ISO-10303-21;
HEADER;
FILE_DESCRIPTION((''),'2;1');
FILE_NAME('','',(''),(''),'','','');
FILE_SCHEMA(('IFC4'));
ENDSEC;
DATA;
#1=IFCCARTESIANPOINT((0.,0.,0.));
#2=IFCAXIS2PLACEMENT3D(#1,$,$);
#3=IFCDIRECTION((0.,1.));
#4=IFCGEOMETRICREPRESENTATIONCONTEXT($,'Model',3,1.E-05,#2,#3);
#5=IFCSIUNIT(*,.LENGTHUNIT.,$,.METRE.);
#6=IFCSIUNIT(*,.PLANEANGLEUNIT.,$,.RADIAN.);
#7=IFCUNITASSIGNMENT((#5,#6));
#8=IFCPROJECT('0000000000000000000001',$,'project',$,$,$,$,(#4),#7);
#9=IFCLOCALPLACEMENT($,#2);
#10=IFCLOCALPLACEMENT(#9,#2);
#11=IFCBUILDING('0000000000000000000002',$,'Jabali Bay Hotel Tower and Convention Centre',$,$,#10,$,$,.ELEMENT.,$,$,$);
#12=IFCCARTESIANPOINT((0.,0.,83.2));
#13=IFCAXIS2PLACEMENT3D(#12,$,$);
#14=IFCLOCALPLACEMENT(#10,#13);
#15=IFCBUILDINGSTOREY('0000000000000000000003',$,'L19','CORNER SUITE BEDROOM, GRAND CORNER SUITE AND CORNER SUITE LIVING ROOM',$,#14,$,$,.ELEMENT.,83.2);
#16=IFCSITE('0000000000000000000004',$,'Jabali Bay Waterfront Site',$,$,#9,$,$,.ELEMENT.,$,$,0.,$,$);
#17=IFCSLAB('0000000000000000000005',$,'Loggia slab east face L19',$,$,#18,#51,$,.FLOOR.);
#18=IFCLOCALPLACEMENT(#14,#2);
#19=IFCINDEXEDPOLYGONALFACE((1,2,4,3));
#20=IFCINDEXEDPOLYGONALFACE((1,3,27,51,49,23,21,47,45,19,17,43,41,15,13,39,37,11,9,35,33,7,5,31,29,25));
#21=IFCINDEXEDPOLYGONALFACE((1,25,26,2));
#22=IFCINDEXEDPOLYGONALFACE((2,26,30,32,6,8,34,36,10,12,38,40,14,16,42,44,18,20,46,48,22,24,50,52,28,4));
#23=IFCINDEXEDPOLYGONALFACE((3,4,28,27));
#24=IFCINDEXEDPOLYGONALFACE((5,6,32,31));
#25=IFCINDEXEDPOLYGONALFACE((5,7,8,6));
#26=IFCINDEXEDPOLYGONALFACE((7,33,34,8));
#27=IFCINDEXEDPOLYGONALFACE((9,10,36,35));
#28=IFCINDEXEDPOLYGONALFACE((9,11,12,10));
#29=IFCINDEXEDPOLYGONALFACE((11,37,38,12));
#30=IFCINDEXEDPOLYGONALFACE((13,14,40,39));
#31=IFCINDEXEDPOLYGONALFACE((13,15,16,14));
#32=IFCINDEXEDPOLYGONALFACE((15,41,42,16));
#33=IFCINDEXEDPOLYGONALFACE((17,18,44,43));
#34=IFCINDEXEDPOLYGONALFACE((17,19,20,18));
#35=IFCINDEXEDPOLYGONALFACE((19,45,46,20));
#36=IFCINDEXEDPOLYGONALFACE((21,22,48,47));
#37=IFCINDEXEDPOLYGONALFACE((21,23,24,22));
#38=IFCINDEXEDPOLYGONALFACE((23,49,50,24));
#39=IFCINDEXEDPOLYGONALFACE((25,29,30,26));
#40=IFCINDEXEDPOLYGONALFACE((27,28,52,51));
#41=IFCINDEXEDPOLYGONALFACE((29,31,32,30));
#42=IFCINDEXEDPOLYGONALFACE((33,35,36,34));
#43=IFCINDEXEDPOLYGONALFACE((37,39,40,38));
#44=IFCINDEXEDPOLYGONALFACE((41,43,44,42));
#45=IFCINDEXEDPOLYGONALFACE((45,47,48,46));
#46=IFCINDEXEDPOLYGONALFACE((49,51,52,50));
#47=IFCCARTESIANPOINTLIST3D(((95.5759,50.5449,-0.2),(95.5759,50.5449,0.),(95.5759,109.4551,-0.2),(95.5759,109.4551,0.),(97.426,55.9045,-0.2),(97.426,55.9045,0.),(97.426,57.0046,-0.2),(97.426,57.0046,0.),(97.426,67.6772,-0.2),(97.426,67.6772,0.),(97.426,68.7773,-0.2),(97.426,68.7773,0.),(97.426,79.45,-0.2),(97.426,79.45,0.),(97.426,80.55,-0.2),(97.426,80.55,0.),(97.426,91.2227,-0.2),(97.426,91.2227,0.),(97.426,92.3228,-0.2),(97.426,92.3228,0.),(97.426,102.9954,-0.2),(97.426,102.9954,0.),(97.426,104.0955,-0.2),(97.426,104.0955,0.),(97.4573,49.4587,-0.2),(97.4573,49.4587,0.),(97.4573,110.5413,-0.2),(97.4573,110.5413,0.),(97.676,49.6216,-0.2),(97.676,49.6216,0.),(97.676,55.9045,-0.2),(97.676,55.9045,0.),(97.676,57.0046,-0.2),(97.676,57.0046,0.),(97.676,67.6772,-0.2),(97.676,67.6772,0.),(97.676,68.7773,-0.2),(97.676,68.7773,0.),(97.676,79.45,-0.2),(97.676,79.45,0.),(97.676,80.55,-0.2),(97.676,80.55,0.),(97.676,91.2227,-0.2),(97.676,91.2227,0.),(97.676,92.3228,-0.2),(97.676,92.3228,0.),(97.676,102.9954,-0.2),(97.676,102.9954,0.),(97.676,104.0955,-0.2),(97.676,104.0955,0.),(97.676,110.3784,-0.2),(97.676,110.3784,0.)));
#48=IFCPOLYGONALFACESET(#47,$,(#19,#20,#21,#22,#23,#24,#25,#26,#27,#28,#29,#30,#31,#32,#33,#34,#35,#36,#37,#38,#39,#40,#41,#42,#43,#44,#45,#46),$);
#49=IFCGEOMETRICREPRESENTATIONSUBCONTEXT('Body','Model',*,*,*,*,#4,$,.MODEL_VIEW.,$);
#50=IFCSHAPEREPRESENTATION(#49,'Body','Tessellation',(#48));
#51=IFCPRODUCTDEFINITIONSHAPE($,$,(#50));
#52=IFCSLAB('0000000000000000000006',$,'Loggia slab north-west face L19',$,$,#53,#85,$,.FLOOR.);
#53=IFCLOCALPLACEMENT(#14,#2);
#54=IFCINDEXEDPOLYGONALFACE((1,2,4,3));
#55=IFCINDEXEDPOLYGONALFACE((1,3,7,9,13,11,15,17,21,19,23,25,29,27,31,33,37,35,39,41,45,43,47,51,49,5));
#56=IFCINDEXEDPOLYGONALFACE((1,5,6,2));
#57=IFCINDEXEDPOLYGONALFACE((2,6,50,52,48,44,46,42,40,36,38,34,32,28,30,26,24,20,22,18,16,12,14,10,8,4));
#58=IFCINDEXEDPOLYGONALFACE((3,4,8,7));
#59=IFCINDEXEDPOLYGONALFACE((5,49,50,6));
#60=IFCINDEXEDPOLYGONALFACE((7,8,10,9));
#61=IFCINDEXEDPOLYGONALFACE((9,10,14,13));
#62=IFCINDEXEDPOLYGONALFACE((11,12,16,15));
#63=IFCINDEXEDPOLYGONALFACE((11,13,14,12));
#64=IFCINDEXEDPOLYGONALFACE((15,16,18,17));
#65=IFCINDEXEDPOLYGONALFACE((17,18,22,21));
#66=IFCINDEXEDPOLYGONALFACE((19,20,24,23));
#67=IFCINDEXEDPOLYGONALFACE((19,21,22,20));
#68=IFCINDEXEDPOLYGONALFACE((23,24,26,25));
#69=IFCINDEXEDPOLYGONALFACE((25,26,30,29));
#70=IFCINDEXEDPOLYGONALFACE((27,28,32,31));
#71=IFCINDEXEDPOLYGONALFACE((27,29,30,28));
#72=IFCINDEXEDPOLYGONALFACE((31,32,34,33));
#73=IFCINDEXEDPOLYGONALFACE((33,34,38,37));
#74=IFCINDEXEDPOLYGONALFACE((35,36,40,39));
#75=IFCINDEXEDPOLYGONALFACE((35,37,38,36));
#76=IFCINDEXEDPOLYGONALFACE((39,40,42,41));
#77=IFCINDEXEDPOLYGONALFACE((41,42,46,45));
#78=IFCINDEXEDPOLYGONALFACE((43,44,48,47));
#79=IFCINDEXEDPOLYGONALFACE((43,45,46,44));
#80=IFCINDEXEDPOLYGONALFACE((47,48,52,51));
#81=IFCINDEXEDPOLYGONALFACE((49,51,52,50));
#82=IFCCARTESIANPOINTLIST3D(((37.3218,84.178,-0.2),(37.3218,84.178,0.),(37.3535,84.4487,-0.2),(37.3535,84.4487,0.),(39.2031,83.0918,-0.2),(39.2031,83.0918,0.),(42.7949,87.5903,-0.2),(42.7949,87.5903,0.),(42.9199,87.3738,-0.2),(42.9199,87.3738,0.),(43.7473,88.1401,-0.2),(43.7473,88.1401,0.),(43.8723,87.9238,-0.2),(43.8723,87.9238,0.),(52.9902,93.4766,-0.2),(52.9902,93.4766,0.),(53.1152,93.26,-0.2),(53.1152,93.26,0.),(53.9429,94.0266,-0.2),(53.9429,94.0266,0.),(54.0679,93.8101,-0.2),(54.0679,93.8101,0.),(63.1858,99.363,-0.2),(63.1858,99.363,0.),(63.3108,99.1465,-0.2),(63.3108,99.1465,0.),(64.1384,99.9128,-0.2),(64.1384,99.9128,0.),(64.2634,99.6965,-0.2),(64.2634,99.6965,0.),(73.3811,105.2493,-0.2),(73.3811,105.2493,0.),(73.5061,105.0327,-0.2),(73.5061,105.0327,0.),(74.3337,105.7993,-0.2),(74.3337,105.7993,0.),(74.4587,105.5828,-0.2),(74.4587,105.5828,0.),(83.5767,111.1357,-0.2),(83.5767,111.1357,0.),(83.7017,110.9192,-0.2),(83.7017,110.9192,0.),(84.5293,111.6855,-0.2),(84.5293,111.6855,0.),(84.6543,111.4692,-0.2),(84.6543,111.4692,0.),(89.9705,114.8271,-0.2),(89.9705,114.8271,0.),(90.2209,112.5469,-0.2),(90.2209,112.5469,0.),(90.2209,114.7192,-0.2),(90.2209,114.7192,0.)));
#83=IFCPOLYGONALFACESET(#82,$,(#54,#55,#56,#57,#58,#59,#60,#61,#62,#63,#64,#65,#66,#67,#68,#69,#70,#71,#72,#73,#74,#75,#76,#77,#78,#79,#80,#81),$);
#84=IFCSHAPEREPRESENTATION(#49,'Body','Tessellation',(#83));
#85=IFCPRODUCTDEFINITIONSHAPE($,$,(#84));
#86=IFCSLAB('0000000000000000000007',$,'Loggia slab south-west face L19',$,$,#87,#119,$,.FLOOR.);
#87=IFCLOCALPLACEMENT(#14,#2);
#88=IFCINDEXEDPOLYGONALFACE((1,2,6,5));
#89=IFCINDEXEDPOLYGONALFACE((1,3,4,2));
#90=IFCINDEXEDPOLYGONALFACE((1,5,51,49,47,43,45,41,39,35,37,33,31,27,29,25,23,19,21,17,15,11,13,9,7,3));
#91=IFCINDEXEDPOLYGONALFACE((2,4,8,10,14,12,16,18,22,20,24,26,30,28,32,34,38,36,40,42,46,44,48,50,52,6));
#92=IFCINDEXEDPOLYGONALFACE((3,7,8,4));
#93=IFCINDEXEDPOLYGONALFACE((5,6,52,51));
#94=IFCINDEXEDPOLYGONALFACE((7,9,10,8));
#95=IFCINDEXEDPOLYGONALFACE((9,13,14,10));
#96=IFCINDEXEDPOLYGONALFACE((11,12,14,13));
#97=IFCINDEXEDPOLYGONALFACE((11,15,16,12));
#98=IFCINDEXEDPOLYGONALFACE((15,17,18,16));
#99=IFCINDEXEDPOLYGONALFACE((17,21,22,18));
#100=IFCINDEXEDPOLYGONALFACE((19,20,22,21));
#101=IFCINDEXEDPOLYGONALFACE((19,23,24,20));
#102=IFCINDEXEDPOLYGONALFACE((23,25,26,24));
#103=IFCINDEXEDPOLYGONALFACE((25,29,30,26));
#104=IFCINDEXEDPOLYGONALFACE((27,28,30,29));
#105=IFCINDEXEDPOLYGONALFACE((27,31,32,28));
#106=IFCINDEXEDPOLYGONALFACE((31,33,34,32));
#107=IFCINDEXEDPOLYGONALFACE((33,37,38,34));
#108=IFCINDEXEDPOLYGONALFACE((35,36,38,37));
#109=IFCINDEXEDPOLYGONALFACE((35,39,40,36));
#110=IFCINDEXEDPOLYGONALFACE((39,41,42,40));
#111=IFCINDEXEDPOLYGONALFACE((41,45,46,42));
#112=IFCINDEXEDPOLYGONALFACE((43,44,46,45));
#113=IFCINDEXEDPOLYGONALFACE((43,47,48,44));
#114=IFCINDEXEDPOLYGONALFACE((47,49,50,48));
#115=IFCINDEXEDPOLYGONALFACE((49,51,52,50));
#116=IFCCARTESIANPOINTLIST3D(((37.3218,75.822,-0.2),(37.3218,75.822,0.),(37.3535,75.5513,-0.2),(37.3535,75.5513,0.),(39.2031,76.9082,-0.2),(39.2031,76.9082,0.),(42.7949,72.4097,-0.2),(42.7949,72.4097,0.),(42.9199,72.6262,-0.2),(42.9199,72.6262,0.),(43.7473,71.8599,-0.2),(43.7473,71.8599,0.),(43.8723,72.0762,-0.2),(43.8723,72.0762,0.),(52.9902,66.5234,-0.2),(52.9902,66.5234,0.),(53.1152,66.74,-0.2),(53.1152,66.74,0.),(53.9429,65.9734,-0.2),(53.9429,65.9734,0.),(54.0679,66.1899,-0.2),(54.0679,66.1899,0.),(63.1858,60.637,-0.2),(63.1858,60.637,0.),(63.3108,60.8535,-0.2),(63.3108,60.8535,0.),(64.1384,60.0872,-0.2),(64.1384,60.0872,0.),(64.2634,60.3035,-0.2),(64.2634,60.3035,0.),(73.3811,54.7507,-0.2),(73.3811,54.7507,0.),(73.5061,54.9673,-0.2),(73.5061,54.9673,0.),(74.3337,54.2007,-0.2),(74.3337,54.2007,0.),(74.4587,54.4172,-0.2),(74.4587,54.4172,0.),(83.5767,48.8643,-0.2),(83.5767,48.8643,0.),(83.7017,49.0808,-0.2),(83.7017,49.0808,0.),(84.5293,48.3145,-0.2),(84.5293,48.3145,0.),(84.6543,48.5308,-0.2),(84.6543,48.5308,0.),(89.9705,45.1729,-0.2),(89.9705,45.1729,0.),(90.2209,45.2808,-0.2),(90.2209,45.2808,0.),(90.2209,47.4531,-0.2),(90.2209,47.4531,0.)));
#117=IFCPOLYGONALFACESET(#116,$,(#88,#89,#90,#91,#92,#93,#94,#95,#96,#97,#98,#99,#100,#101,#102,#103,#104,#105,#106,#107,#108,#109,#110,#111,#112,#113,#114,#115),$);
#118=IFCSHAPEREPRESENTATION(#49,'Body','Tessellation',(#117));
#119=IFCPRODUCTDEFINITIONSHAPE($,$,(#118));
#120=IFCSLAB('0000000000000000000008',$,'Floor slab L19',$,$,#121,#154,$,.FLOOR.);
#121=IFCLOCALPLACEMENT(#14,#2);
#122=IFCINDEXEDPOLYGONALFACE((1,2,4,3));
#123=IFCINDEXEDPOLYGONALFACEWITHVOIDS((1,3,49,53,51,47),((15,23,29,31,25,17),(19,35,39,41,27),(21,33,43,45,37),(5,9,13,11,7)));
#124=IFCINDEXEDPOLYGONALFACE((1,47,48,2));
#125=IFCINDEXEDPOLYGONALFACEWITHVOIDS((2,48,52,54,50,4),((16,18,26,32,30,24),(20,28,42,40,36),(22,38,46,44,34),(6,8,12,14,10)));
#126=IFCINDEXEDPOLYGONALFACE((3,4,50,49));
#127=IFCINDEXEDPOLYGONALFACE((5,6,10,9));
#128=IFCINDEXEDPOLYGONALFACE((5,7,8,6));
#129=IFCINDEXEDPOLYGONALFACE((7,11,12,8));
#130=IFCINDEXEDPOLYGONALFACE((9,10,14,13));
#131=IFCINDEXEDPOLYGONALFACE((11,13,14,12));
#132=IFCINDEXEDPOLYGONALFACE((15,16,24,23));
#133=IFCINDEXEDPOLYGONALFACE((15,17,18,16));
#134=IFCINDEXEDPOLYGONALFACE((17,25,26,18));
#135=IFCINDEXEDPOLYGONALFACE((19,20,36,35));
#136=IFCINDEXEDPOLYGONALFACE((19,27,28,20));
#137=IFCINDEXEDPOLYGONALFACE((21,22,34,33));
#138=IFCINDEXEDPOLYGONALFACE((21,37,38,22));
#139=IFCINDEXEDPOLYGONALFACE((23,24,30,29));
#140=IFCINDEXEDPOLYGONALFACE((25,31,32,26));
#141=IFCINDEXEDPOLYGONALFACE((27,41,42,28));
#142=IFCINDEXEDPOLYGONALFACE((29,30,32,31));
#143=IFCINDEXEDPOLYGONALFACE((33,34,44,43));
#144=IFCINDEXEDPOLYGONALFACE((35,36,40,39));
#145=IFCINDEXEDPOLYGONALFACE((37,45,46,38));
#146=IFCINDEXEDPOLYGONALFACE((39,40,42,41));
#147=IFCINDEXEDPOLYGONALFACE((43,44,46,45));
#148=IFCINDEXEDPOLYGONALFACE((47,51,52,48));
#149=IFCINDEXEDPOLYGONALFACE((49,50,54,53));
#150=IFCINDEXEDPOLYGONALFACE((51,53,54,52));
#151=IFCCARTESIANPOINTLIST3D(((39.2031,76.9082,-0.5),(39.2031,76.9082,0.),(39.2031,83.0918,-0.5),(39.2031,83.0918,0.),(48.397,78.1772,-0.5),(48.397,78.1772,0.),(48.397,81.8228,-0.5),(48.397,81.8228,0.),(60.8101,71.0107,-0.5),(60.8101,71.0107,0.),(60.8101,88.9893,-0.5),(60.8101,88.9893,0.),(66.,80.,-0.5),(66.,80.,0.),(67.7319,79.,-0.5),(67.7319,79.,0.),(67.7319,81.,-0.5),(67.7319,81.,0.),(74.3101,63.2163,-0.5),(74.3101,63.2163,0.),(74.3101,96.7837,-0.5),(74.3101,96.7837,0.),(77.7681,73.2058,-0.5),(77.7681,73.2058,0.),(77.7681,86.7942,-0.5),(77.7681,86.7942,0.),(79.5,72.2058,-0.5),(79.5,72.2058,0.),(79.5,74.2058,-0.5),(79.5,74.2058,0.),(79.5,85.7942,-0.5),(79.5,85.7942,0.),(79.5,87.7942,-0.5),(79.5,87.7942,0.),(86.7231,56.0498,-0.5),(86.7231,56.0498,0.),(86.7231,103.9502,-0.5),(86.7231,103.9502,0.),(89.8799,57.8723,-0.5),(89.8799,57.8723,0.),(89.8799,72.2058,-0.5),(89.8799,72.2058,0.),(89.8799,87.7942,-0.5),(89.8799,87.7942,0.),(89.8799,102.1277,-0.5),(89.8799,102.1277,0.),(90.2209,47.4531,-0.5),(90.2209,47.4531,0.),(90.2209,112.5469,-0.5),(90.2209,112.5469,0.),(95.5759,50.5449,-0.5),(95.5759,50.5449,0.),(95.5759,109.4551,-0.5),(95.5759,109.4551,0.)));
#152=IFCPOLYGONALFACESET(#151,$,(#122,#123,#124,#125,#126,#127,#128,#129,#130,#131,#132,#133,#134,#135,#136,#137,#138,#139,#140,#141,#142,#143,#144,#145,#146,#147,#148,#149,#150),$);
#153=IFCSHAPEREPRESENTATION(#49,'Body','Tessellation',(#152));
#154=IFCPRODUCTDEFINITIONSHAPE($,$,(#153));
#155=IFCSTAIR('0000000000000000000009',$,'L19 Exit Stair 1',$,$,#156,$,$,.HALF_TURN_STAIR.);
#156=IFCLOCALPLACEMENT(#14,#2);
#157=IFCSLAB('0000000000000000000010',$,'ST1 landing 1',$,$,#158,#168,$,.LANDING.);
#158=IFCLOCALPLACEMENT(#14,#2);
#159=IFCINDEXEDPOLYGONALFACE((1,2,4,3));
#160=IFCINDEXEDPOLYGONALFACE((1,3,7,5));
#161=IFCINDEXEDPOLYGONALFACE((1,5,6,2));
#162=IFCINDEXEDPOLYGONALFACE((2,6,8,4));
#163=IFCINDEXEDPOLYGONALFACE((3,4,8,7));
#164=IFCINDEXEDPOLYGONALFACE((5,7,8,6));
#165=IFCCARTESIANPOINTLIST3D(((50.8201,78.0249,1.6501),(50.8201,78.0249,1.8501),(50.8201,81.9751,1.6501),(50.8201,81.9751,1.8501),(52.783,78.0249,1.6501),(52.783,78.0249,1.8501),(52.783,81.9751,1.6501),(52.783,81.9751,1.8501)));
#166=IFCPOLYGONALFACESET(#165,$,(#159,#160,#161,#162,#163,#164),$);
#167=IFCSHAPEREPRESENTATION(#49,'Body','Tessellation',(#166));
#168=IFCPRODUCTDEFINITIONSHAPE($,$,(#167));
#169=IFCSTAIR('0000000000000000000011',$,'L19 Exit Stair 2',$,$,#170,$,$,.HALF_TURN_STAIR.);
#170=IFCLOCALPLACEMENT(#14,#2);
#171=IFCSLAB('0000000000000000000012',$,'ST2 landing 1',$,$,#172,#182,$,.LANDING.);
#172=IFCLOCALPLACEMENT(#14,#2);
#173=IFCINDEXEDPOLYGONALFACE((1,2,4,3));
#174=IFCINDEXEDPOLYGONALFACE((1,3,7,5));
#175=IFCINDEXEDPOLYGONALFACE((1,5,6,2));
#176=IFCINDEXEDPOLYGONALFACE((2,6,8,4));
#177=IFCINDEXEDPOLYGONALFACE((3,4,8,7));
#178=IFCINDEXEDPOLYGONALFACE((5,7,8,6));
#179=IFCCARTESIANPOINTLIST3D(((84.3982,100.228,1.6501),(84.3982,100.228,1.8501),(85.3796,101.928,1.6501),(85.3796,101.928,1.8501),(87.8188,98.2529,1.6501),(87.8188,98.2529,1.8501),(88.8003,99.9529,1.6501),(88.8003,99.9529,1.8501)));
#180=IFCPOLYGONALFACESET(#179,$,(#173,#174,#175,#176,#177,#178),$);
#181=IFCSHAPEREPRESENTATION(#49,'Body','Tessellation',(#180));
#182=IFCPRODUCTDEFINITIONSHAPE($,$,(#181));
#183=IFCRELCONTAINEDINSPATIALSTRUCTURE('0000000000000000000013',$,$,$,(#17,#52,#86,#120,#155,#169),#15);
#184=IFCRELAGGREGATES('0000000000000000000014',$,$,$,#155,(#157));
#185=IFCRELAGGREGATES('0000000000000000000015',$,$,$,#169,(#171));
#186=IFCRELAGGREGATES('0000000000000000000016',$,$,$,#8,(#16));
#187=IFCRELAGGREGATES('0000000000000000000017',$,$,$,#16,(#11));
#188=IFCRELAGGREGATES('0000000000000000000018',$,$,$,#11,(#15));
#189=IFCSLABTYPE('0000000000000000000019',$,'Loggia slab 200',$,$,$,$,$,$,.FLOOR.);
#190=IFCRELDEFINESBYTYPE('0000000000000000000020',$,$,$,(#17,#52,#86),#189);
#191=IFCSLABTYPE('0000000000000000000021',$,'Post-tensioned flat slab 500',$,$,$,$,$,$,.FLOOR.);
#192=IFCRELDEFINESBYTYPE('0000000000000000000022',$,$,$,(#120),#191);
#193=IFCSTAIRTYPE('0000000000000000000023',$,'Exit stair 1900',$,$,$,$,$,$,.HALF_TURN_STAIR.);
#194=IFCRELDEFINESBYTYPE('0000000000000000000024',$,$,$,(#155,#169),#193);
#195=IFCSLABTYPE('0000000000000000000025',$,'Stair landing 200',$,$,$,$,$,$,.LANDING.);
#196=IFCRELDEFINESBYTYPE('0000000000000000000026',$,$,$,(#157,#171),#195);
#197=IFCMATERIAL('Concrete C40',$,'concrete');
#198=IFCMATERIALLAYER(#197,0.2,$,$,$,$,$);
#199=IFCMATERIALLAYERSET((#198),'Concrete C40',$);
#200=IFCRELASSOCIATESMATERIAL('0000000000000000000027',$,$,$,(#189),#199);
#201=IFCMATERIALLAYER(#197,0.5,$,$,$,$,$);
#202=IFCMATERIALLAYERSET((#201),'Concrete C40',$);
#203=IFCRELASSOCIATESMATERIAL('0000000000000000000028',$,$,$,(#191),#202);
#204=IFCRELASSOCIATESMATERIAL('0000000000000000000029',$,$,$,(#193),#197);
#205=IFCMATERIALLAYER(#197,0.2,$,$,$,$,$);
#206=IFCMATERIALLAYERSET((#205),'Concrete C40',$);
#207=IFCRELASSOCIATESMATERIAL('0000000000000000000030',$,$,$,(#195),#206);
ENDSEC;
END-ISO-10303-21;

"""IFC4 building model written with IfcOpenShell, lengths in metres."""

from ifc_helpers import new_model, si_unit, direction, frame, origin, place, context, subcontext, project, spatial, polyline, outline, extrude, material, layer, layer_set, type_object, element, aggregate, save


model = new_model("IFC4")

# Units and contexts
model_context = context("Model", 3, precision=1e-05, world=origin(), true_north=direction((0.0, 1.0)))
body_context = subcontext(model_context, "Body", "Model", "MODEL_VIEW")
ifc_project = project(units=[si_unit("LENGTHUNIT", "METRE"), si_unit("PLANEANGLEUNIT", "RADIAN")], contexts=[model_context])

# Site, building, storey
site_placement = place(None, origin())
site = spatial("IfcSite", under=ifc_project, at=site_placement, Name="Jabali Bay Waterfront Site", CompositionType="ELEMENT", RefElevation=0.0)
building_placement = place(site_placement, origin())
building = spatial("IfcBuilding", under=site, at=building_placement, Name="Jabali Bay Hotel Tower and Convention Centre", CompositionType="ELEMENT")
storey_placement = place(building_placement, frame((0.0, 0.0, 83.2)))
storey = spatial("IfcBuildingStorey", under=building, at=storey_placement, Name="L19", Description="CORNER SUITE BEDROOM, GRAND CORNER SUITE AND CORNER SUITE LIVING ROOM", CompositionType="ELEMENT", Elevation=83.2)

# Slabs
ifc_material_1 = material(Name="Concrete C40", Category="concrete")
ifc_layer_1 = layer(ifc_material_1, 0.2)
ifc_layer_set_1 = layer_set([ifc_layer_1], Name="Concrete C40")
slab_type_1 = type_object("IfcSlabType", Name="Loggia slab 200", PredefinedType="FLOOR", material=ifc_layer_set_1)
slab_1_placement = place(storey_placement, frame((0.0, 0.0, -0.2)))
element("IfcSlab", 1, at=slab_1_placement, inside=storey, type_object=slab_type_1, Name="Loggia slab east face L19", PredefinedType="FLOOR", context=body_context, shape_type="SweptSolid", body=[
    extrude(outline(polyline([(95.5759, 109.4551), (97.4573, 110.5413), (97.676, 110.3784), (97.676, 104.0955), (97.426, 104.0955), (97.426, 102.9954), (97.676, 102.9954), (97.676, 92.3228), (97.426, 92.3228), (97.426, 91.2227), (97.676, 91.2227), (97.676, 80.55), (97.426, 80.55), (97.426, 79.45), (97.676, 79.45), (97.676, 68.7773), (97.426, 68.7773), (97.426, 67.6772), (97.676, 67.6772), (97.676, 57.0046), (97.426, 57.0046), (97.426, 55.9045), (97.676, 55.9045), (97.676, 49.6216), (97.4573, 49.4587), (95.5759, 50.5449), (95.5759, 109.4551)])), origin(), (0.0, 0.0, 1.0), 0.2),
])
slab_2_placement = place(storey_placement, frame((0.0, 0.0, -0.2)))
element("IfcSlab", 2, at=slab_2_placement, inside=storey, type_object=slab_type_1, Name="Loggia slab north-west face L19", PredefinedType="FLOOR", context=body_context, shape_type="SweptSolid", body=[
    extrude(outline(polyline([(39.2031, 83.0918), (37.3218, 84.178), (37.3535, 84.4487), (42.7949, 87.5903), (42.9199, 87.3738), (43.8723, 87.9238), (43.7473, 88.1401), (52.9902, 93.4766), (53.1152, 93.26), (54.0679, 93.8101), (53.9429, 94.0266), (63.1858, 99.363), (63.3108, 99.1465), (64.2634, 99.6965), (64.1384, 99.9128), (73.3811, 105.2493), (73.5061, 105.0327), (74.4587, 105.5828), (74.3337, 105.7993), (83.5767, 111.1357), (83.7017, 110.9192), (84.6543, 111.4692), (84.5293, 111.6855), (89.9705, 114.8271), (90.2209, 114.7192), (90.2209, 112.5469), (39.2031, 83.0918)])), origin(), (0.0, 0.0, 1.0), 0.2),
])
slab_3_placement = place(storey_placement, frame((0.0, 0.0, -0.2)))
element("IfcSlab", 3, at=slab_3_placement, inside=storey, type_object=slab_type_1, Name="Loggia slab south-west face L19", PredefinedType="FLOOR", context=body_context, shape_type="SweptSolid", body=[
    extrude(outline(polyline([(90.2209, 47.4531), (90.2209, 45.2808), (89.9705, 45.1729), (84.5293, 48.3145), (84.6543, 48.5308), (83.7017, 49.0808), (83.5767, 48.8643), (74.3337, 54.2007), (74.4587, 54.4172), (73.5061, 54.9673), (73.3811, 54.7507), (64.1384, 60.0872), (64.2634, 60.3035), (63.3108, 60.8535), (63.1858, 60.637), (53.9429, 65.9734), (54.0679, 66.1899), (53.1152, 66.74), (52.9902, 66.5234), (43.7473, 71.8599), (43.8723, 72.0762), (42.9199, 72.6262), (42.7949, 72.4097), (37.3535, 75.5513), (37.3218, 75.822), (39.2031, 76.9082), (90.2209, 47.4531)])), origin(), (0.0, 0.0, 1.0), 0.2),
])
ifc_layer_2 = layer(ifc_material_1, 0.5)
ifc_layer_set_2 = layer_set([ifc_layer_2], Name="Concrete C40")
slab_type_2 = type_object("IfcSlabType", Name="Post-tensioned flat slab 500", PredefinedType="FLOOR", material=ifc_layer_set_2)
slab_4_placement = place(storey_placement, frame((0.0, 0.0, -0.5)))
element("IfcSlab", 4, at=slab_4_placement, inside=storey, type_object=slab_type_2, Name="Floor slab L19", PredefinedType="FLOOR", context=body_context, shape_type="SweptSolid", body=[
    extrude(outline(polyline([(90.2209, 112.5469), (95.5759, 109.4551), (95.5759, 50.5449), (90.2209, 47.4531), (39.2031, 76.9082), (39.2031, 83.0918), (90.2209, 112.5469)]), holes=[polyline([(67.7319, 79.0), (77.7681, 73.2058), (79.5, 74.2058), (79.5, 85.7942), (77.7681, 86.7942), (67.7319, 81.0), (67.7319, 79.0)]), polyline([(48.397, 78.1772), (60.8101, 71.0107), (66.0, 80.0), (60.8101, 88.9893), (48.397, 81.8228), (48.397, 78.1772)]), polyline([(89.8799, 102.1277), (86.7231, 103.9502), (74.3101, 96.7837), (79.5, 87.7942), (89.8799, 87.7942), (89.8799, 102.1277)]), polyline([(74.3101, 63.2163), (86.7231, 56.0498), (89.8799, 57.8723), (89.8799, 72.2058), (79.5, 72.2058), (74.3101, 63.2163)])]), origin(), (0.0, 0.0, 1.0), 0.5),
])

# Stairs, slabs
stair_type = type_object("IfcStairType", Name="Exit stair 1900", PredefinedType="HALF_TURN_STAIR", material=ifc_material_1)
stair_1_placement = place(storey_placement, origin())
stair_1 = element("IfcStair", 5, at=stair_1_placement, inside=storey, type_object=stair_type, Name="L19 Exit Stair 1", PredefinedType="HALF_TURN_STAIR")
ifc_layer_3 = layer(ifc_material_1, 0.2)
ifc_layer_set_3 = layer_set([ifc_layer_3], Name="Concrete C40")
slab_type_3 = type_object("IfcSlabType", Name="Stair landing 200", PredefinedType="LANDING", material=ifc_layer_set_3)
slab_5_placement = place(storey_placement, frame((0.0, 0.0, 1.6501)))
slab_5 = element("IfcSlab", 6, at=slab_5_placement, type_object=slab_type_3, Name="ST1 landing 1", PredefinedType="LANDING", context=body_context, shape_type="SweptSolid", body=[
    extrude(outline(polyline([(52.783, 81.9751), (50.8201, 81.9751), (50.8201, 78.0249), (52.783, 78.0249), (52.783, 81.9751)])), origin(), (0.0, 0.0, 1.0), 0.2),
])
aggregate(stair_1, [slab_5])
stair_2_placement = place(storey_placement, origin())
stair_2 = element("IfcStair", 7, at=stair_2_placement, inside=storey, type_object=stair_type, Name="L19 Exit Stair 2", PredefinedType="HALF_TURN_STAIR")
slab_6_placement = place(storey_placement, frame((0.0, 0.0, 1.6501)))
slab_6 = element("IfcSlab", 8, at=slab_6_placement, type_object=slab_type_3, Name="ST2 landing 1", PredefinedType="LANDING", context=body_context, shape_type="SweptSolid", body=[
    extrude(outline(polyline([(87.8188, 98.2529), (88.8003, 99.9529), (85.3796, 101.928), (84.3982, 100.228), (87.8188, 98.2529)])), origin(), (0.0, 0.0, 1.0), 0.2),
])
aggregate(stair_2, [slab_6])

save(model, "model.ifc")
